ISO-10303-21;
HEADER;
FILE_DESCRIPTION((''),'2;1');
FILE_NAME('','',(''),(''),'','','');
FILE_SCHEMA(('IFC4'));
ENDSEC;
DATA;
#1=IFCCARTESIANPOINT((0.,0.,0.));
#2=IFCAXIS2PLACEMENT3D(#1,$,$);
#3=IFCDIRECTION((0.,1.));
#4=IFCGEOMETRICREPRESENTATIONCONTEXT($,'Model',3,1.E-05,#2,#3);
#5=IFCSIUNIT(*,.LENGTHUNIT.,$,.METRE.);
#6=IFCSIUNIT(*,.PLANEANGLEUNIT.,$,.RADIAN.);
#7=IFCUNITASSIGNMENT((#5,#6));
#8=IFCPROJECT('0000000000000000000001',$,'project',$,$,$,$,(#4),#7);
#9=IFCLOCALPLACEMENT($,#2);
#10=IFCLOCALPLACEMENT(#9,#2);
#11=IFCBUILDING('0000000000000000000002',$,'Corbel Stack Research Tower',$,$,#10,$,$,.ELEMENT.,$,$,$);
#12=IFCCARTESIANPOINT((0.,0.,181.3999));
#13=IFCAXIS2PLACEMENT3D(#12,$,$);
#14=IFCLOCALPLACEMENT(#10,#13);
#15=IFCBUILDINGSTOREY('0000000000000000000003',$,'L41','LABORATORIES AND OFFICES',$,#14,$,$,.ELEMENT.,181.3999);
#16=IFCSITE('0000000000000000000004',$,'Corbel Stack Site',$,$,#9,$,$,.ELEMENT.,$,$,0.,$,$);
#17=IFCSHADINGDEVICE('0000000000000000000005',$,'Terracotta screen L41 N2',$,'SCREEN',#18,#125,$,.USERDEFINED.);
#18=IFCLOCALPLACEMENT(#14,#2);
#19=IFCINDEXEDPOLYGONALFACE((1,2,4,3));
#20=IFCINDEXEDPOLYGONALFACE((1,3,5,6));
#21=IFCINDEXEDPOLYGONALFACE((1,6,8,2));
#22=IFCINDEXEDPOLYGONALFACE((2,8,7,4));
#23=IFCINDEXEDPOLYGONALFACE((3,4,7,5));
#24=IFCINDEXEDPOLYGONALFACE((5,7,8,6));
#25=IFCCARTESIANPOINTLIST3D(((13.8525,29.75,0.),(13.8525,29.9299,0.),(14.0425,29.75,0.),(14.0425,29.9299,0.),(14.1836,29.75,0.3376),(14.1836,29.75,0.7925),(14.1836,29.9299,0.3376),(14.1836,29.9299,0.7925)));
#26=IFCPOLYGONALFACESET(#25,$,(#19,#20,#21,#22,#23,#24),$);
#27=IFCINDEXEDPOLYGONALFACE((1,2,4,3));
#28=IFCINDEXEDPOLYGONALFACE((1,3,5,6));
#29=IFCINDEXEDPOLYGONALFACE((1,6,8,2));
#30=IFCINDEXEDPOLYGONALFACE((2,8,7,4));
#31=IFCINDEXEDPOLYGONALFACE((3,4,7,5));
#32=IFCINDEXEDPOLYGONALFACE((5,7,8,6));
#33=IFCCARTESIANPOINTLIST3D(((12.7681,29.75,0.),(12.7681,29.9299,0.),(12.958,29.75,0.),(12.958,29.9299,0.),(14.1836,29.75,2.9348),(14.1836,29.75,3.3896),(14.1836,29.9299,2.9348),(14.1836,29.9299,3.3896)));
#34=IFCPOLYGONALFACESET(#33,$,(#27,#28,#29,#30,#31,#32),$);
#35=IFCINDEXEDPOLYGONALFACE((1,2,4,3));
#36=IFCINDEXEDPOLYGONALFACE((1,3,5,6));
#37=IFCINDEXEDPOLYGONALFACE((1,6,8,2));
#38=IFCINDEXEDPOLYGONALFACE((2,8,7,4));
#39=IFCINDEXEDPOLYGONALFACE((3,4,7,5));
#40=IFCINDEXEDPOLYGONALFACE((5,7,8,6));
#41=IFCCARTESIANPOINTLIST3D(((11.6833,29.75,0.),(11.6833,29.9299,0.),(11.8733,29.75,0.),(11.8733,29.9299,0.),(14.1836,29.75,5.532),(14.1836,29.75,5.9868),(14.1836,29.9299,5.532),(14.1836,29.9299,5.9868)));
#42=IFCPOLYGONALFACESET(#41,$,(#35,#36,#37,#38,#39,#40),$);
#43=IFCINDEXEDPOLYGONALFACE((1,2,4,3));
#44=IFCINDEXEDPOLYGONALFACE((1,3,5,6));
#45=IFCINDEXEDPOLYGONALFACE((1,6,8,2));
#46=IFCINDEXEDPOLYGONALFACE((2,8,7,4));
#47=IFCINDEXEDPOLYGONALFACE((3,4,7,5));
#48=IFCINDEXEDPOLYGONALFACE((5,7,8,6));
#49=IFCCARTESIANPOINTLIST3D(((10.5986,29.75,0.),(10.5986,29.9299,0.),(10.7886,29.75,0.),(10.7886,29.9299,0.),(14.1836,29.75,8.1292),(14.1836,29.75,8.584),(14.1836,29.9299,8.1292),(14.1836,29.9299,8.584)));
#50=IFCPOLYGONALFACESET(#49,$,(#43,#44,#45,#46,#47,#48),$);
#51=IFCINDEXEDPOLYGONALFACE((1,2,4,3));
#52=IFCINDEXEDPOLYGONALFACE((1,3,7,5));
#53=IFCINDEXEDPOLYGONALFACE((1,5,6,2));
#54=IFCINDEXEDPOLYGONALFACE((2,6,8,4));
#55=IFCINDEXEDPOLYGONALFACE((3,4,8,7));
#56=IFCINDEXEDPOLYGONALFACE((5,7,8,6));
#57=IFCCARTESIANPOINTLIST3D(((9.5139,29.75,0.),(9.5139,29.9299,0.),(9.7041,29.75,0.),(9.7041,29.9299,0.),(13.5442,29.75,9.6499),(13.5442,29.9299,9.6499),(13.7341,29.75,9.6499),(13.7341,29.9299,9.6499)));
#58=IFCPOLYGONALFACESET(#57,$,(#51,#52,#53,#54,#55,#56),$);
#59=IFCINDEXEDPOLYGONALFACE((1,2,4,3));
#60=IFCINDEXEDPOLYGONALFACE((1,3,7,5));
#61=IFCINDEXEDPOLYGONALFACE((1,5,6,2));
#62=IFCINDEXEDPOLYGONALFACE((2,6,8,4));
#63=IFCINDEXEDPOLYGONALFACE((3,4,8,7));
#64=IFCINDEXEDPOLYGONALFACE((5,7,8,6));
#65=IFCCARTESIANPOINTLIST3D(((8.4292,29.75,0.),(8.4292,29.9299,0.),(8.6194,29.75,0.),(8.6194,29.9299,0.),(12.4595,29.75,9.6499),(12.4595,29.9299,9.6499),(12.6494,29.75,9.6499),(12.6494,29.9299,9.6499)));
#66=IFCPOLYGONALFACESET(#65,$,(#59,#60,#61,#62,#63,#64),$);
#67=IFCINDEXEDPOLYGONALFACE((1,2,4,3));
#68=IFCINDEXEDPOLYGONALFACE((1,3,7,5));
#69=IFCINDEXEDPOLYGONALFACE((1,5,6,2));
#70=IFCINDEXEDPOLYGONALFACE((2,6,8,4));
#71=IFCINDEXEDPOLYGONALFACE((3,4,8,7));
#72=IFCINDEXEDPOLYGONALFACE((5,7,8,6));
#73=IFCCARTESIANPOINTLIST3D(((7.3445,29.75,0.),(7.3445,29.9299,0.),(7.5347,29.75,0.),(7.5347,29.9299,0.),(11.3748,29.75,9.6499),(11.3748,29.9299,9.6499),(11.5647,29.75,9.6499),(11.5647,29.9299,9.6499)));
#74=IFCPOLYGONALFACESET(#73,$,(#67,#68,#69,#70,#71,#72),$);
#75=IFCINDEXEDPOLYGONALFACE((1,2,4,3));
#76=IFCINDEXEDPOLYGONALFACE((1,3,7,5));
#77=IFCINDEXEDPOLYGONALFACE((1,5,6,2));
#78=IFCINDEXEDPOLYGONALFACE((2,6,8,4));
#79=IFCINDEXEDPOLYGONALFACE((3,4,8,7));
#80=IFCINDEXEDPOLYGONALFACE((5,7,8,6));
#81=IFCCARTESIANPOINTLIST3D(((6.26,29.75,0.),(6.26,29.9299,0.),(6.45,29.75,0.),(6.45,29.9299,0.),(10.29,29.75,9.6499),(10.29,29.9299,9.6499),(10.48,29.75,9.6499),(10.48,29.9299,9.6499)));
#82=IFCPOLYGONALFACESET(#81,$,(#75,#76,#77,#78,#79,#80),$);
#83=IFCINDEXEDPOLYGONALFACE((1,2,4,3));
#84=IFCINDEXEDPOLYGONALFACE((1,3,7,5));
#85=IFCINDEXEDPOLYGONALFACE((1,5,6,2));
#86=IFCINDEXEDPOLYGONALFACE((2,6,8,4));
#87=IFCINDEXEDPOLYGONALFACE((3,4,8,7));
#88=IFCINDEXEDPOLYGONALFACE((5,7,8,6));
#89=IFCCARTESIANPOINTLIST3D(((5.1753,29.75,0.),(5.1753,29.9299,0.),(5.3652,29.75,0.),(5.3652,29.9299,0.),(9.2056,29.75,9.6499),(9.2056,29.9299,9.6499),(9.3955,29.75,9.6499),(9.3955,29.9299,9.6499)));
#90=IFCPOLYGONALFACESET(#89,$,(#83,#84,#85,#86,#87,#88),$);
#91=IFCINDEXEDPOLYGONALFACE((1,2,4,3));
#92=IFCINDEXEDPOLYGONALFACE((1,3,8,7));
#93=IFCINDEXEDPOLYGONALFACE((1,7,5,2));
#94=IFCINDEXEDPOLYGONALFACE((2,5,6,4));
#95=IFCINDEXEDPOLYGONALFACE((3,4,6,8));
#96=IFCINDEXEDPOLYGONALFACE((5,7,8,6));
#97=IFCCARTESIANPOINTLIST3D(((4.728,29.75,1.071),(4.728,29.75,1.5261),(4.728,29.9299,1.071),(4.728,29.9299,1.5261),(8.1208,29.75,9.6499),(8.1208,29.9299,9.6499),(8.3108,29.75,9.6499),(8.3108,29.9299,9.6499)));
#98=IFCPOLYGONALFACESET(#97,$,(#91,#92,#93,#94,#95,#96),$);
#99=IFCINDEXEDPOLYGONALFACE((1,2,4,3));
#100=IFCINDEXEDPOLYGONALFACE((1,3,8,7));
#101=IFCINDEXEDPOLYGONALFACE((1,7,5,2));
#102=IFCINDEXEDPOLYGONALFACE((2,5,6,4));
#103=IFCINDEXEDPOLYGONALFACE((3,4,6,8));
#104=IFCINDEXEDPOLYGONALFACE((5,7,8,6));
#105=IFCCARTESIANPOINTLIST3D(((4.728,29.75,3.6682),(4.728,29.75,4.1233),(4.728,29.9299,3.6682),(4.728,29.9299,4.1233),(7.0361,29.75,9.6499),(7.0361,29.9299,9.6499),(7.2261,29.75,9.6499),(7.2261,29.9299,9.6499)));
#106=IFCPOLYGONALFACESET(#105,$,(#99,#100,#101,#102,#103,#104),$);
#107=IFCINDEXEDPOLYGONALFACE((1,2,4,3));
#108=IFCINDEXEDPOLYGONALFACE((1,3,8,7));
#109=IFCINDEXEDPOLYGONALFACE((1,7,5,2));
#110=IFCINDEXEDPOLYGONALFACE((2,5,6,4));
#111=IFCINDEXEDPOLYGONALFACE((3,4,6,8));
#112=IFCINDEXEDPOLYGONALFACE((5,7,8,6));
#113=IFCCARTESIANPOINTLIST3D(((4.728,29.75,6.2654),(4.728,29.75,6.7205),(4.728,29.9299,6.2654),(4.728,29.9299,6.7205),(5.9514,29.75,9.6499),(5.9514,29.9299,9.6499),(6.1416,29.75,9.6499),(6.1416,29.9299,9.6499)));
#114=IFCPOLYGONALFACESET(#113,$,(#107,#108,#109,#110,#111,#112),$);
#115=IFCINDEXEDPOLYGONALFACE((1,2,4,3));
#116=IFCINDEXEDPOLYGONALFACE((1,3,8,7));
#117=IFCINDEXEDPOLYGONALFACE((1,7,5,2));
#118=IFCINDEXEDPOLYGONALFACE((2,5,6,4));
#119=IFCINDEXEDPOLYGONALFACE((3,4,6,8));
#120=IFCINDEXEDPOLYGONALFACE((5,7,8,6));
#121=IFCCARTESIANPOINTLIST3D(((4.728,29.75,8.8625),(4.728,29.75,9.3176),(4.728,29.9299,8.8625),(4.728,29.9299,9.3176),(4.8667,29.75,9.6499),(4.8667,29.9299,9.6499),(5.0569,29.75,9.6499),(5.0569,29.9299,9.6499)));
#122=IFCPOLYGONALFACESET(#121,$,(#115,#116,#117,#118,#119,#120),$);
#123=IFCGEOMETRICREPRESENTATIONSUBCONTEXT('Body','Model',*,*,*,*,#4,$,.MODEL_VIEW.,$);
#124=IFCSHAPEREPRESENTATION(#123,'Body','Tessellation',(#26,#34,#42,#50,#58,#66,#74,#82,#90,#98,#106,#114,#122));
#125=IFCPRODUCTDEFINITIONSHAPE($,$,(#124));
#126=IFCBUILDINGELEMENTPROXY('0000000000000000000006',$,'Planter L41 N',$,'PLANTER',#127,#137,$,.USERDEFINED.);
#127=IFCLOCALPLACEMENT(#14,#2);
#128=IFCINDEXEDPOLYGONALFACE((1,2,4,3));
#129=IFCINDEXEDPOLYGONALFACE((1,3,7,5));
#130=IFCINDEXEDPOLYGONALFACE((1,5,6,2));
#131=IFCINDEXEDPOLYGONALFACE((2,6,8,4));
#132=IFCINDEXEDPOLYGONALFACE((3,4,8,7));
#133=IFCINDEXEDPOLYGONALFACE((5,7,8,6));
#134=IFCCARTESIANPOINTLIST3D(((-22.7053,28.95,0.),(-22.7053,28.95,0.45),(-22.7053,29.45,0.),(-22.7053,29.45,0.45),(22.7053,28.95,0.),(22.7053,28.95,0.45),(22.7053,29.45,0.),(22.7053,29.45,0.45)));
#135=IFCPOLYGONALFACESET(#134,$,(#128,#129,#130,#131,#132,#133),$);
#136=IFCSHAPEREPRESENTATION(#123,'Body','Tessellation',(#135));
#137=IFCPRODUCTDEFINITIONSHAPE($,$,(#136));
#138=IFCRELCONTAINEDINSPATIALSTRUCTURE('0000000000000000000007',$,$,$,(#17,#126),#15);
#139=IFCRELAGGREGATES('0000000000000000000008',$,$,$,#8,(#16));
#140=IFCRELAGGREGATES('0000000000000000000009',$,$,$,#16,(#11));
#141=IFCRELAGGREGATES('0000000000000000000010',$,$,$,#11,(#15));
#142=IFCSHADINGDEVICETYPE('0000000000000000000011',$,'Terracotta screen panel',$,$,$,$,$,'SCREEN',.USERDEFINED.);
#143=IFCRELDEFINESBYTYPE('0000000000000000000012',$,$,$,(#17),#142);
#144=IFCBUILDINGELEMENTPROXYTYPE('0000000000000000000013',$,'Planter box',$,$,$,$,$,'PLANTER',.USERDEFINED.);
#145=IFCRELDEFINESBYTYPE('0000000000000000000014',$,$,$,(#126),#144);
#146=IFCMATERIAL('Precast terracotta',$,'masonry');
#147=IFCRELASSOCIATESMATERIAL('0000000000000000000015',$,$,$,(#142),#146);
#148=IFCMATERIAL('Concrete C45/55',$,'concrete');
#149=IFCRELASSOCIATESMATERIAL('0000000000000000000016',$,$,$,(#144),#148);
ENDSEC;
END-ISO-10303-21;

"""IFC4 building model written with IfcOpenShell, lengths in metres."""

from ifc_helpers import new_model, si_unit, direction, frame, origin, origin_2d, place, context, subcontext, project, spatial, polyline, rectangle, outline, extrude, source, transform, mapped, material, type_object, element, save


model = new_model("IFC4")

# Units and contexts
model_context = context("Model", 3, precision=1e-05, world=origin(), true_north=direction((0.0, 1.0)))
body_context = subcontext(model_context, "Body", "Model", "MODEL_VIEW")
ifc_project = project(units=[si_unit("LENGTHUNIT", "METRE"), si_unit("PLANEANGLEUNIT", "RADIAN")], contexts=[model_context])

# Site, building, storey
site_placement = place(None, origin())
site = spatial("IfcSite", under=ifc_project, at=site_placement, Name="Corbel Stack Site", CompositionType="ELEMENT", RefElevation=0.0)
building_placement = place(site_placement, origin())
building = spatial("IfcBuilding", under=site, at=building_placement, Name="Corbel Stack Research Tower", CompositionType="ELEMENT")
storey_placement = place(building_placement, frame((0.0, 0.0, 181.3999)))
storey = spatial("IfcBuildingStorey", under=building, at=storey_placement, Name="L41", Description="LABORATORIES AND OFFICES", CompositionType="ELEMENT", Elevation=181.3999)

# Shading device
ifc_material_1 = material(Name="Precast terracotta", Category="masonry")
shading_device_type = type_object("IfcShadingDeviceType", Name="Terracotta screen panel", ElementType="SCREEN", PredefinedType="USERDEFINED", material=ifc_material_1)
shared_shape_1 = source(origin(), body_context, "Body", "SweptSolid", [
    extrude(outline(polyline([(0.3311, 0.0), (0.0, 0.7925), (0.0, 0.3376), (0.1411, 0.0), (0.3311, 0.0)])), frame((0.0, 0.0, 0.0), z_axis=(0.0, -1.0, 0.0), x_axis=(1.0, 0.0, 0.0)), (0.0, 0.0, 1.0), 0.1799),
    extrude(outline(polyline([(1.4155, 0.0), (0.0, 3.3896), (0.0, 2.9348), (1.2256, 0.0), (1.4155, 0.0)])), frame((0.0, 0.0, 0.0), z_axis=(0.0, -1.0, 0.0), x_axis=(1.0, 0.0, 0.0)), (0.0, 0.0, 1.0), 0.1799),
    extrude(outline(polyline([(2.5002, 0.0), (0.0, 5.9868), (0.0, 5.532), (2.3103, 0.0), (2.5002, 0.0)])), frame((0.0, 0.0, 0.0), z_axis=(0.0, -1.0, 0.0), x_axis=(1.0, 0.0, 0.0)), (0.0, 0.0, 1.0), 0.1799),
    extrude(outline(polyline([(3.585, 0.0), (0.0, 8.584), (0.0, 8.1292), (3.395, 0.0), (3.585, 0.0)])), frame((0.0, 0.0, 0.0), z_axis=(0.0, -1.0, 0.0), x_axis=(1.0, 0.0, 0.0)), (0.0, 0.0, 1.0), 0.1799),
    extrude(outline(polyline([(4.6697, 0.0), (0.6394, 9.6499), (0.4495, 9.6499), (4.4795, 0.0), (4.6697, 0.0)])), frame((0.0, 0.0, 0.0), z_axis=(0.0, -1.0, 0.0), x_axis=(1.0, 0.0, 0.0)), (0.0, 0.0, 1.0), 0.1799),
    extrude(outline(polyline([(5.7544, 0.0), (1.7241, 9.6499), (1.5342, 9.6499), (5.5642, 0.0), (5.7544, 0.0)])), frame((0.0, 0.0, 0.0), z_axis=(0.0, -1.0, 0.0), x_axis=(1.0, 0.0, 0.0)), (0.0, 0.0, 1.0), 0.1799),
    extrude(outline(polyline([(6.8391, 0.0), (2.8088, 9.6499), (2.6189, 9.6499), (6.6489, 0.0), (6.8391, 0.0)])), frame((0.0, 0.0, 0.0), z_axis=(0.0, -1.0, 0.0), x_axis=(1.0, 0.0, 0.0)), (0.0, 0.0, 1.0), 0.1799),
    extrude(outline(polyline([(7.9236, 0.0), (3.8936, 9.6499), (3.7036, 9.6499), (7.7336, 0.0), (7.9236, 0.0)])), frame((0.0, 0.0, 0.0), z_axis=(0.0, -1.0, 0.0), x_axis=(1.0, 0.0, 0.0)), (0.0, 0.0, 1.0), 0.1799),
    extrude(outline(polyline([(9.0083, 0.0), (4.978, 9.6499), (4.7881, 9.6499), (8.8184, 0.0), (9.0083, 0.0)])), frame((0.0, 0.0, 0.0), z_axis=(0.0, -1.0, 0.0), x_axis=(1.0, 0.0, 0.0)), (0.0, 0.0, 1.0), 0.1799),
    extrude(outline(polyline([(6.0627, 9.6499), (5.8728, 9.6499), (9.4556, 1.071), (9.4556, 1.5261), (6.0627, 9.6499)])), frame((0.0, 0.0, 0.0), z_axis=(0.0, -1.0, 0.0), x_axis=(1.0, 0.0, 0.0)), (0.0, 0.0, 1.0), 0.1799),
    extrude(outline(polyline([(7.1475, 9.6499), (6.9575, 9.6499), (9.4556, 3.6682), (9.4556, 4.1233), (7.1475, 9.6499)])), frame((0.0, 0.0, 0.0), z_axis=(0.0, -1.0, 0.0), x_axis=(1.0, 0.0, 0.0)), (0.0, 0.0, 1.0), 0.1799),
    extrude(outline(polyline([(8.2322, 9.6499), (8.042, 9.6499), (9.4556, 6.2654), (9.4556, 6.7205), (8.2322, 9.6499)])), frame((0.0, 0.0, 0.0), z_axis=(0.0, -1.0, 0.0), x_axis=(1.0, 0.0, 0.0)), (0.0, 0.0, 1.0), 0.1799),
    extrude(outline(polyline([(9.3169, 9.6499), (9.1267, 9.6499), (9.4556, 8.8625), (9.4556, 9.3176), (9.3169, 9.6499)])), frame((0.0, 0.0, 0.0), z_axis=(0.0, -1.0, 0.0), x_axis=(1.0, 0.0, 0.0)), (0.0, 0.0, 1.0), 0.1799),
])
shading_device_1_placement = place(storey_placement, frame((14.1836, 29.75, 0.0), z_axis=(0.0, 0.0, 1.0), x_axis=(-1.0, 0.0, 0.0)))
element("IfcShadingDevice", 1, at=shading_device_1_placement, inside=storey, type_object=shading_device_type, Name="Terracotta screen L41 N2", ObjectType="SCREEN", PredefinedType="USERDEFINED", context=body_context, shape_type="MappedRepresentation", body=[
    mapped(shared_shape_1, transform((0.0, 0.0, 0.0))),
])

# Building element proxy
ifc_material_2 = material(Name="Concrete C45/55", Category="concrete")
building_element_proxy_type = type_object("IfcBuildingElementProxyType", Name="Planter box", ElementType="PLANTER", PredefinedType="USERDEFINED", material=ifc_material_2)
proxy_placement = place(storey_placement, frame((0.0, 29.2, 0.0), z_axis=(0.0, 0.0, 1.0), x_axis=(-1.0, 0.0, 0.0)))
element("IfcBuildingElementProxy", 2, at=proxy_placement, inside=storey, type_object=building_element_proxy_type, Name="Planter L41 N", ObjectType="PLANTER", PredefinedType="USERDEFINED", context=body_context, shape_type="SweptSolid", body=[
    extrude(rectangle(XDim=45.4106, YDim=0.5, at=origin_2d()), origin(), (0.0, 0.0, 1.0), 0.45),
])

save(model, "model.ifc")
